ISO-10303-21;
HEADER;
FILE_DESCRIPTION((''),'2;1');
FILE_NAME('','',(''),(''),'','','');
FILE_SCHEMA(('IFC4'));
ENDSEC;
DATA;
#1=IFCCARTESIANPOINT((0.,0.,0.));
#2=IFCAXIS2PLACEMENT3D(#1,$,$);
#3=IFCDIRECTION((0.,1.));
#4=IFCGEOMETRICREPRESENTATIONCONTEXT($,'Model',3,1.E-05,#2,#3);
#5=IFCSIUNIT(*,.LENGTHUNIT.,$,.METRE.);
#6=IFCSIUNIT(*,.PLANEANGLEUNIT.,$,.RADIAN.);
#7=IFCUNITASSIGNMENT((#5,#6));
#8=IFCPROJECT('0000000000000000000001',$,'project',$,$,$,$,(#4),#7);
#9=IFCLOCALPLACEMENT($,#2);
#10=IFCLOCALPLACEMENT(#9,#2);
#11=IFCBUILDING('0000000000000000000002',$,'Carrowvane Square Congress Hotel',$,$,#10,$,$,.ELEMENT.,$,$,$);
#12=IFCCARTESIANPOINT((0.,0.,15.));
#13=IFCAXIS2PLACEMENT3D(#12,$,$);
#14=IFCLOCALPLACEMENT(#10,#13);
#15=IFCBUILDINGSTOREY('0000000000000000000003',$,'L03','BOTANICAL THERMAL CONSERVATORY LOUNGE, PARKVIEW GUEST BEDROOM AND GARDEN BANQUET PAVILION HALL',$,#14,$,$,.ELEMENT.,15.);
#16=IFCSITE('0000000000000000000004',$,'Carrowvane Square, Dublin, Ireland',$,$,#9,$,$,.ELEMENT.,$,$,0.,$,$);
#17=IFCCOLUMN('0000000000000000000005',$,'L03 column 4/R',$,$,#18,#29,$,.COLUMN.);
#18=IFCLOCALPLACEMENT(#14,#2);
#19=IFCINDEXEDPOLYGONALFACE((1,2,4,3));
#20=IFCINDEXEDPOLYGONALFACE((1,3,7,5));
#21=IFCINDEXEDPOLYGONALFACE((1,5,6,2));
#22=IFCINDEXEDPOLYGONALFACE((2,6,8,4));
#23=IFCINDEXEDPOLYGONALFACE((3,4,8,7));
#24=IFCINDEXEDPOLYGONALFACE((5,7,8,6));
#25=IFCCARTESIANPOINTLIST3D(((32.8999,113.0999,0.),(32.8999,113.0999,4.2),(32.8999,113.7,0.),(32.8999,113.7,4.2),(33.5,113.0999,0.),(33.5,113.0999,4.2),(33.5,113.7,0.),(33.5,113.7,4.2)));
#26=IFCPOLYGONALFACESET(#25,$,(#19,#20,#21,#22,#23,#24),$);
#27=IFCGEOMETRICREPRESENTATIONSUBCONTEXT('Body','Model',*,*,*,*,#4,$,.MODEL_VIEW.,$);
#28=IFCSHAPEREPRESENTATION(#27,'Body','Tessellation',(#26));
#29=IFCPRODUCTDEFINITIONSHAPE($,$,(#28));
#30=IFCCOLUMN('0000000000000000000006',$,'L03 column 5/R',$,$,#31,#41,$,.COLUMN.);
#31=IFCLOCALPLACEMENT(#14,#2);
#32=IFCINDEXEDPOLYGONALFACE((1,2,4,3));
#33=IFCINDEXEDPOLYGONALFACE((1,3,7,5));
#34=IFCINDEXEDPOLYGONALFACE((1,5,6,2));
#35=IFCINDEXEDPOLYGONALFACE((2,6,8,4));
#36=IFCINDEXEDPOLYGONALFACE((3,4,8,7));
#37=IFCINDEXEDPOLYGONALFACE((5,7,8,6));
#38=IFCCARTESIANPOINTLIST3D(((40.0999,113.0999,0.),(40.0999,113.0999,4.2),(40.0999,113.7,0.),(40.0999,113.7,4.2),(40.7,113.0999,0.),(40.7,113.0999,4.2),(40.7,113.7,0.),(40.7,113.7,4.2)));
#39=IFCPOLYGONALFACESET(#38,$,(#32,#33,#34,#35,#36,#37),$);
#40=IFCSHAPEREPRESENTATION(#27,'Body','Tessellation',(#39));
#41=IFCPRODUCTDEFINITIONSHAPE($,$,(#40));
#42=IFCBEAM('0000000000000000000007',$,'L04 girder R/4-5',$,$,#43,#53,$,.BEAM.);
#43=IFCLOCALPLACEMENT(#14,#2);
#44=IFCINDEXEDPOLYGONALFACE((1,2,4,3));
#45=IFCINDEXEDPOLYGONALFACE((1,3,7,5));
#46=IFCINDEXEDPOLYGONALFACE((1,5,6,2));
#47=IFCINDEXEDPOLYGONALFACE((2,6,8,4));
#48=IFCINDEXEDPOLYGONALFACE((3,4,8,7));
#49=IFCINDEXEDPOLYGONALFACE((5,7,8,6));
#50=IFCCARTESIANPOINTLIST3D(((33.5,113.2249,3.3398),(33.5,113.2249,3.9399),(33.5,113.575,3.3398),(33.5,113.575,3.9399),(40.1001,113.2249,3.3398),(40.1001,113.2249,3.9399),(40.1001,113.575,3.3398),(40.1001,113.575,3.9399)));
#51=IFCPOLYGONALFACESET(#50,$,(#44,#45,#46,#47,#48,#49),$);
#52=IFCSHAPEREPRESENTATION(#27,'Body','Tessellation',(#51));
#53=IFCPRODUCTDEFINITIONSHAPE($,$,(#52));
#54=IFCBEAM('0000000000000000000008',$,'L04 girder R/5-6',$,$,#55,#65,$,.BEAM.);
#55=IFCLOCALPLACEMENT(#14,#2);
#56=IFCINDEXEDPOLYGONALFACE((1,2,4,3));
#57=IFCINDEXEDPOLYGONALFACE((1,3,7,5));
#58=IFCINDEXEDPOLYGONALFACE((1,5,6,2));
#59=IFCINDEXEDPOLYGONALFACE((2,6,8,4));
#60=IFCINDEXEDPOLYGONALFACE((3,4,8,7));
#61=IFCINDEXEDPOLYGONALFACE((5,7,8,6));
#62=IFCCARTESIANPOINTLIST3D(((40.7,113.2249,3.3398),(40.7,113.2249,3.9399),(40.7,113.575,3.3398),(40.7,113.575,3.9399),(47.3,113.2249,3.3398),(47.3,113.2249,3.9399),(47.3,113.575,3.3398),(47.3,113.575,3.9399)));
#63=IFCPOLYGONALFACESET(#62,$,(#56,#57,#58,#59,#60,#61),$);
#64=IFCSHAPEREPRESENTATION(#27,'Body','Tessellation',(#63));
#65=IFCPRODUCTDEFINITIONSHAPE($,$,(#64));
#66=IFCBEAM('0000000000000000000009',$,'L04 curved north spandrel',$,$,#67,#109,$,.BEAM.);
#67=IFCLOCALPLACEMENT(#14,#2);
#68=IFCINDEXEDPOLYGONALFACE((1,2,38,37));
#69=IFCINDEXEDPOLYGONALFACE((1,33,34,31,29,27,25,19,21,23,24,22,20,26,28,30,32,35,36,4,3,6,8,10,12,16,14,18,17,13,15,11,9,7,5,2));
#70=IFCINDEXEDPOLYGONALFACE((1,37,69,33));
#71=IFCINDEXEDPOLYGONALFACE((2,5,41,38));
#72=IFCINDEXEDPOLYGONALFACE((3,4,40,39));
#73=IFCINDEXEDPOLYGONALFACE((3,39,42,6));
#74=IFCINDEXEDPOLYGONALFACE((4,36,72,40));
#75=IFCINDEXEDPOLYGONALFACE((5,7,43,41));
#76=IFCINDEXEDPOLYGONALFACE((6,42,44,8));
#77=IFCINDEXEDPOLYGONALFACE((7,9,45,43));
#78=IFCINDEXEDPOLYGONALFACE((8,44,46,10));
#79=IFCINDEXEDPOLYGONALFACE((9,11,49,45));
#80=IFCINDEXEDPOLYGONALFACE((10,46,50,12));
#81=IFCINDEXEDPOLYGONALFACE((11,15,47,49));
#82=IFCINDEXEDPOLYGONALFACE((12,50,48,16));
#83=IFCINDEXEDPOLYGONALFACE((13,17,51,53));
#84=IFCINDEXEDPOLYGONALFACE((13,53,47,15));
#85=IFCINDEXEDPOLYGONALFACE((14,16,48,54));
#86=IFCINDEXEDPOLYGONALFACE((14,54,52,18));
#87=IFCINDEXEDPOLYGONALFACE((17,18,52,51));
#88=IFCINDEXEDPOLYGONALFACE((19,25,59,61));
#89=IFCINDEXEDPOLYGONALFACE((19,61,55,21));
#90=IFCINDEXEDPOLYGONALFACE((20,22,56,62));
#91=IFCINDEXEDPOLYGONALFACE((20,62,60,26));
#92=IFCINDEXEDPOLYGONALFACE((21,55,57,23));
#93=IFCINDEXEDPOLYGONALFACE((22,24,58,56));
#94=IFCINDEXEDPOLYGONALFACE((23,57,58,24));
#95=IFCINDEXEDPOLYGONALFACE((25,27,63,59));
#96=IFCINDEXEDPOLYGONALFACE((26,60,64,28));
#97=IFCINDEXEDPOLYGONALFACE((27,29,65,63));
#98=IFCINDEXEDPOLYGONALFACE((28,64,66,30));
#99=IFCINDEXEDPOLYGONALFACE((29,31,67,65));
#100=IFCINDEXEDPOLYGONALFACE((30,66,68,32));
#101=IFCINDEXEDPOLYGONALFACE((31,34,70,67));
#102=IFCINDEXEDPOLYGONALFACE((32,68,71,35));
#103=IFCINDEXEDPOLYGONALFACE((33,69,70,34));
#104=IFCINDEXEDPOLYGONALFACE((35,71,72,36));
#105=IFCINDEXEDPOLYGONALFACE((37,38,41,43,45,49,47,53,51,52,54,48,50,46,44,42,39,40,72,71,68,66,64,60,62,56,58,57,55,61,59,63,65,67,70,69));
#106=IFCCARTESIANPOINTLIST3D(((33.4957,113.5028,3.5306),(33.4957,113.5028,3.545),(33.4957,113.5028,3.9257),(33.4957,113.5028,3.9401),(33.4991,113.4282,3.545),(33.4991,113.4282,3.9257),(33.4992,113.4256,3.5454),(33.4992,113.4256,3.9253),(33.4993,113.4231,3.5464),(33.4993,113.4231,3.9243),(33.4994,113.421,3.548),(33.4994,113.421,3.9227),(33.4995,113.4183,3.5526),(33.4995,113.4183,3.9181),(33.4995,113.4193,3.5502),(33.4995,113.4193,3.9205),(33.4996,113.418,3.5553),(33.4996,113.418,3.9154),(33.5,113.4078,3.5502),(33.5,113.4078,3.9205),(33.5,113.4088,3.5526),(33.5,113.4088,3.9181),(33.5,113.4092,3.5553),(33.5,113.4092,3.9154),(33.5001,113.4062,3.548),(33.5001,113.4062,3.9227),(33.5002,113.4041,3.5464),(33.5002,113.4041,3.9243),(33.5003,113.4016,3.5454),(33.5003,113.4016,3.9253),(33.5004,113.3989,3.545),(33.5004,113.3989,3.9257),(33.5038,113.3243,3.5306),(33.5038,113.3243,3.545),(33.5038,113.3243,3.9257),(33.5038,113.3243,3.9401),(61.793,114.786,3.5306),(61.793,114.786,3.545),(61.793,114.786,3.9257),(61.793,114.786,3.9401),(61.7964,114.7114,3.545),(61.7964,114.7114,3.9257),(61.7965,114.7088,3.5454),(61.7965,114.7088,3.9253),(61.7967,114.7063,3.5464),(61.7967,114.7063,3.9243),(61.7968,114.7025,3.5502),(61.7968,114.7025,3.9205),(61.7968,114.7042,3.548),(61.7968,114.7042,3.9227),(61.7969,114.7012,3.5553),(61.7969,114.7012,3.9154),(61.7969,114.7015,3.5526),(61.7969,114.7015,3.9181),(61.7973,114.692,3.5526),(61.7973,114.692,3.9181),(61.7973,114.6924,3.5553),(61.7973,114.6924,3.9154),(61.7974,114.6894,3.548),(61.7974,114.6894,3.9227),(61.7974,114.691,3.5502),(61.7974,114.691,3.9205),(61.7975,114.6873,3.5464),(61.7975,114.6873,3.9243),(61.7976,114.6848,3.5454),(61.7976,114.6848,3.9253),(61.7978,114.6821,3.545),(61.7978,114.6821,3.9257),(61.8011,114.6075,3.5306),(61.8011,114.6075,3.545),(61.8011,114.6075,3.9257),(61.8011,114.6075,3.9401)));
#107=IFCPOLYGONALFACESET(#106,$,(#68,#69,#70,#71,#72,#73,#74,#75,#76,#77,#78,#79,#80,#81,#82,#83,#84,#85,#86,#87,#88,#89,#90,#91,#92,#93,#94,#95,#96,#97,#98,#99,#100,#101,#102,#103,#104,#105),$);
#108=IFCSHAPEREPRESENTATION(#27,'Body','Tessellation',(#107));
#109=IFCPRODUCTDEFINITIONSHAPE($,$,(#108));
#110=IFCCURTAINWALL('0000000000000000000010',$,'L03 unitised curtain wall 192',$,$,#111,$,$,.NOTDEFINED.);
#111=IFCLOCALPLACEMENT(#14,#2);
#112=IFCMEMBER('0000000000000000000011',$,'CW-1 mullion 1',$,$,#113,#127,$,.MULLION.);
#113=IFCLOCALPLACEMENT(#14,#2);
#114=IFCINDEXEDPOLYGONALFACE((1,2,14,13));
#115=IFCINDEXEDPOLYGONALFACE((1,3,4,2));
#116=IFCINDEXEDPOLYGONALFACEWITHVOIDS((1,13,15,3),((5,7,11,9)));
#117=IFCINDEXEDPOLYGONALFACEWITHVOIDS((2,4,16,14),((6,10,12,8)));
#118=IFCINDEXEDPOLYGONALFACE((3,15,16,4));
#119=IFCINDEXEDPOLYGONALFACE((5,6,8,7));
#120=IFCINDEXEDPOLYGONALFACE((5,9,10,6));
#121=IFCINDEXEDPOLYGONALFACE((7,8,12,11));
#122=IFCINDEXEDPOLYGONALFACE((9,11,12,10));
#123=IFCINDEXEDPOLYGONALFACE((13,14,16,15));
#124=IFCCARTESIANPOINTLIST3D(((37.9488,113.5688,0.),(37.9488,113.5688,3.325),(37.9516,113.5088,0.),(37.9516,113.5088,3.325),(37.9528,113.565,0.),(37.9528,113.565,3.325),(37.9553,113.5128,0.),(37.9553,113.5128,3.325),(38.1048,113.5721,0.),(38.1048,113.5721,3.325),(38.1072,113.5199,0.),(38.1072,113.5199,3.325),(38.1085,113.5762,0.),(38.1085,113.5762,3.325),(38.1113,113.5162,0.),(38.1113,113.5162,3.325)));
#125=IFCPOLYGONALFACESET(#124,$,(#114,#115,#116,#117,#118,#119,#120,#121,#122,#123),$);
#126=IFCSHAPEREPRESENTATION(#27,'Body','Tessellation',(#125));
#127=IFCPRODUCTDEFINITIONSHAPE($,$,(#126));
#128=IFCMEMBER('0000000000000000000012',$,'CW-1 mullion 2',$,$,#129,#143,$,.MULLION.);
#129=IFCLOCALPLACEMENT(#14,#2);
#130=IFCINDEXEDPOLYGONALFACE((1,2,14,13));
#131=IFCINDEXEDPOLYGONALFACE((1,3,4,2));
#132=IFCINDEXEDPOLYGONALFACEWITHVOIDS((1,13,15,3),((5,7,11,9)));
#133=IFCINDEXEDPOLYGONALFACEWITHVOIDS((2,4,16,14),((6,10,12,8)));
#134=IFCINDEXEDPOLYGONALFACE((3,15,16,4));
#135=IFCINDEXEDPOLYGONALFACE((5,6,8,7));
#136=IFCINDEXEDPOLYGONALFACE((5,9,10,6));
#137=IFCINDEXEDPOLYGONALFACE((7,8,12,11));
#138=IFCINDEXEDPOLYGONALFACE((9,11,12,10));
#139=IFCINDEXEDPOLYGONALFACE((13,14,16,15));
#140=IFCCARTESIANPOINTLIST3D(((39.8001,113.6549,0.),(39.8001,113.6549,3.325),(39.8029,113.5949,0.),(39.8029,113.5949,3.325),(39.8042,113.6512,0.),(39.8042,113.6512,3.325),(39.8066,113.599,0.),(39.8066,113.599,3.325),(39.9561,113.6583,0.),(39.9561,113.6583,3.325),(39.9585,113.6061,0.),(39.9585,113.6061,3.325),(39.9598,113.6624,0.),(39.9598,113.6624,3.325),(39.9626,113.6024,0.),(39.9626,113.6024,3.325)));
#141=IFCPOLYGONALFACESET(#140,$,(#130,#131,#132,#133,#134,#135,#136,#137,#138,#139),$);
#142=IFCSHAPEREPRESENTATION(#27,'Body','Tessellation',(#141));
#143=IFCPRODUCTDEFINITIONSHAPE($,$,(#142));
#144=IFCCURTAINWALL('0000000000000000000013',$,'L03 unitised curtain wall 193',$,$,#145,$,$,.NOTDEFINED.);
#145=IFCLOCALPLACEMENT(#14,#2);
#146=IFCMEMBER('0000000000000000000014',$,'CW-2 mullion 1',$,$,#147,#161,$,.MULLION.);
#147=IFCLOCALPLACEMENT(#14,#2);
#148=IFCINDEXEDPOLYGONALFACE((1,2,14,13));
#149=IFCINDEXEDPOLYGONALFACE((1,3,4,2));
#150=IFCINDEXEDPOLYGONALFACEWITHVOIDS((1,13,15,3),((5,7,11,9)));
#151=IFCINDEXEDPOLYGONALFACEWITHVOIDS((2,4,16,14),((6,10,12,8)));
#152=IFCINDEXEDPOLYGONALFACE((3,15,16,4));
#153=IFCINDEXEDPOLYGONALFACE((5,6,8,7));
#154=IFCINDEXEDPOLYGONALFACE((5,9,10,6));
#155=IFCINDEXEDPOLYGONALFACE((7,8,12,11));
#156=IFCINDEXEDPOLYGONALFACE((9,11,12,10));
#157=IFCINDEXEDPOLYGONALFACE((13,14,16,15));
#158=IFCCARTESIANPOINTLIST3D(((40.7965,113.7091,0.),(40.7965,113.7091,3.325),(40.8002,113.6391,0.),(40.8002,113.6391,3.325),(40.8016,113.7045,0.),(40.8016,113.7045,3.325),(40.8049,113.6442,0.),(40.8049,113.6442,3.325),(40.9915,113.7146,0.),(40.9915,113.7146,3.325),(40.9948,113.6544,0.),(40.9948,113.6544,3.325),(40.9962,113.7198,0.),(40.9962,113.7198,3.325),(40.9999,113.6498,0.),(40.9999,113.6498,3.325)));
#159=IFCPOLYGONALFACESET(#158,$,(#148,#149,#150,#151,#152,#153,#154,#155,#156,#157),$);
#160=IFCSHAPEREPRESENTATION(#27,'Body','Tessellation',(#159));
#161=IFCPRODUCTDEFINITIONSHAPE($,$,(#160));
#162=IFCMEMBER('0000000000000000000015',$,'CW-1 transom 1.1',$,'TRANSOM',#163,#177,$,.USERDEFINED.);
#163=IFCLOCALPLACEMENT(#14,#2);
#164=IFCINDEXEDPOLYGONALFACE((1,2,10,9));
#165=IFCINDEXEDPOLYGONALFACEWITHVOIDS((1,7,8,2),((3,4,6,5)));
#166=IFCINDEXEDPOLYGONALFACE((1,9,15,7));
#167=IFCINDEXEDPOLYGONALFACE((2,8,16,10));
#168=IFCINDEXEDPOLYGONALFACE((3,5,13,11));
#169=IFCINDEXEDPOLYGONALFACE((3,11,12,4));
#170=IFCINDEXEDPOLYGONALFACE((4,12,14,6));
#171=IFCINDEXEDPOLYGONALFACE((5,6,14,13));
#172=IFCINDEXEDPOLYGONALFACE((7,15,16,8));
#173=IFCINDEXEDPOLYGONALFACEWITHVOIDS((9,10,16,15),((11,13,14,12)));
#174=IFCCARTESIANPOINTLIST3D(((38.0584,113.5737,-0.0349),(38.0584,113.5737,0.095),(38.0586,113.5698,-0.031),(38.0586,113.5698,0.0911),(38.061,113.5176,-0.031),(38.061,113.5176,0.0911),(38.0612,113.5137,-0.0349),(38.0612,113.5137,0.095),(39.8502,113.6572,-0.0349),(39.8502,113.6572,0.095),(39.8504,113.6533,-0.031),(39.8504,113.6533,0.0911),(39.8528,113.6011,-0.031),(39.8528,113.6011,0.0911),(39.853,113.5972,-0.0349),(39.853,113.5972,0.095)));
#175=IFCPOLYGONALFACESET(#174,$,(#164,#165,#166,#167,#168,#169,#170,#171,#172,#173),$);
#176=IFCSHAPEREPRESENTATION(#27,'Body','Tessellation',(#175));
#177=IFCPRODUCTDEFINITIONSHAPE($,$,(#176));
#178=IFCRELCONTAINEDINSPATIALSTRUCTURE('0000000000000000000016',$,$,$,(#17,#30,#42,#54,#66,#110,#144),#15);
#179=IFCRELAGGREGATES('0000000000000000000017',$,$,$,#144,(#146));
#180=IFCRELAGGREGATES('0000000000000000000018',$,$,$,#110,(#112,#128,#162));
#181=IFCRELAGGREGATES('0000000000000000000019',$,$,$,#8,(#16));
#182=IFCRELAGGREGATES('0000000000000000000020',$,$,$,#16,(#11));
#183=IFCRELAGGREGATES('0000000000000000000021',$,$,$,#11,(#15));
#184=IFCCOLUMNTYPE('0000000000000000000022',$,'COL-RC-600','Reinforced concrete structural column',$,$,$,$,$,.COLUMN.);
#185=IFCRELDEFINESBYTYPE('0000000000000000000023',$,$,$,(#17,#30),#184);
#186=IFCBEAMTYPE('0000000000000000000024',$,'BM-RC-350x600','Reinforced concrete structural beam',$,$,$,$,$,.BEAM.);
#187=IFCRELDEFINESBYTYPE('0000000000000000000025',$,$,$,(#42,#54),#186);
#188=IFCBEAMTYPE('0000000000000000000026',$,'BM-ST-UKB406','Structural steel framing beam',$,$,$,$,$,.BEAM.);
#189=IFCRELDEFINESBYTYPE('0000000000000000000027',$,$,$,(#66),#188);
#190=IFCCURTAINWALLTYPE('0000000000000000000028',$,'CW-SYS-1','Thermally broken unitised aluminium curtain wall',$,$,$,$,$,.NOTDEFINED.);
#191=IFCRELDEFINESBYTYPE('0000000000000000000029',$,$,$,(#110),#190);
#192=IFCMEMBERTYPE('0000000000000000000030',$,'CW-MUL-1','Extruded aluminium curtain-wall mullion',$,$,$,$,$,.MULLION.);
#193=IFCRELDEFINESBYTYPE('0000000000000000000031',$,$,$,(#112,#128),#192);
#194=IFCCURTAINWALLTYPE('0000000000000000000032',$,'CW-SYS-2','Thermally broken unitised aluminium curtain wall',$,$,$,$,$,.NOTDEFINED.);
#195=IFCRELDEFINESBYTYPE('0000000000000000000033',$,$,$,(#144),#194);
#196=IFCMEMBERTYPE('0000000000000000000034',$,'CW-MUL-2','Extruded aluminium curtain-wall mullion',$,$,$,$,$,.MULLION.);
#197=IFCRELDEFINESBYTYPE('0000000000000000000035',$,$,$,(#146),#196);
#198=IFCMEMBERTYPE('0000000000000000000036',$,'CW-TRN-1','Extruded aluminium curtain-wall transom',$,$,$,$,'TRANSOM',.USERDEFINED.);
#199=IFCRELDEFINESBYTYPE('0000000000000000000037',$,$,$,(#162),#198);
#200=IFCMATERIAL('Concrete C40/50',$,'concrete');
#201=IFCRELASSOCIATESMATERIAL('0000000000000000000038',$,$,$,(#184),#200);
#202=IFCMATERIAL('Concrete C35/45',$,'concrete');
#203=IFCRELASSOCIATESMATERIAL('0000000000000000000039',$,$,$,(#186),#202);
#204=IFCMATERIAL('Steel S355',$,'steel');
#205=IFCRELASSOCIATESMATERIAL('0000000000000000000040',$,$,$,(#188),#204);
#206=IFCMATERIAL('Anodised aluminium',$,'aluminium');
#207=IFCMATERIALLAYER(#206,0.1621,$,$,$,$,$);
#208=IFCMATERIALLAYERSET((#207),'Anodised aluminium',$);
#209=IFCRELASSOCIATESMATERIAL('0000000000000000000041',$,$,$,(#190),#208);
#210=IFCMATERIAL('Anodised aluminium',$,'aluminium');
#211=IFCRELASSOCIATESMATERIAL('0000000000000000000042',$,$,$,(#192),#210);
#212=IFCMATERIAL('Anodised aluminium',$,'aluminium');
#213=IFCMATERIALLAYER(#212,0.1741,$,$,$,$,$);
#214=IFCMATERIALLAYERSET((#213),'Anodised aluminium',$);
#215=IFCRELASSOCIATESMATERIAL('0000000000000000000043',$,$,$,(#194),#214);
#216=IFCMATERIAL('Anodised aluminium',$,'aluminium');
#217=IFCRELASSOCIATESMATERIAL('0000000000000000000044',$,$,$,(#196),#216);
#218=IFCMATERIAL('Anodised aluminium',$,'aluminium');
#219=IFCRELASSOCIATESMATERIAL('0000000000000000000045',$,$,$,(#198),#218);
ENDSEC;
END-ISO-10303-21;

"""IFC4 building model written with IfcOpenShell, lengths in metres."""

from ifc_helpers import new_model, si_unit, direction, frame, origin, origin_2d, place, context, subcontext, project, spatial, rectangle, hollow_rectangle, i_section, extrude, material, layer, layer_set, material_profile, profile_set, type_object, element, aggregate, save


model = new_model("IFC4")

# Units and contexts
model_context = context("Model", 3, precision=1e-05, world=origin(), true_north=direction((0.0, 1.0)))
body_context = subcontext(model_context, "Body", "Model", "MODEL_VIEW")
ifc_project = project(units=[si_unit("LENGTHUNIT", "METRE"), si_unit("PLANEANGLEUNIT", "RADIAN")], contexts=[model_context])

# Site, building, storey
site_placement = place(None, origin())
site = spatial("IfcSite", under=ifc_project, at=site_placement, Name="Carrowvane Square, Dublin, Ireland", CompositionType="ELEMENT", RefElevation=0.0)
building_placement = place(site_placement, origin())
building = spatial("IfcBuilding", under=site, at=building_placement, Name="Carrowvane Square Congress Hotel", CompositionType="ELEMENT")
storey_placement = place(building_placement, frame((0.0, 0.0, 15.0)))
storey = spatial("IfcBuildingStorey", under=building, at=storey_placement, Name="L03", Description="BOTANICAL THERMAL CONSERVATORY LOUNGE, PARKVIEW GUEST BEDROOM AND GARDEN BANQUET PAVILION HALL", CompositionType="ELEMENT", Elevation=15.0)

# Columns
ifc_material_1 = material(Name="Concrete C40/50", Category="concrete")
ifc_material_profile_1 = material_profile(ifc_material_1, rectangle(XDim=0.6001, YDim=0.6001, at=origin_2d()), Name="RC 600x600")
ifc_profile_set_1 = profile_set([ifc_material_profile_1], Name="Concrete C40/50")
column_type = type_object("IfcColumnType", Name="COL-RC-600", Description="Reinforced concrete structural column", PredefinedType="COLUMN", material=ifc_profile_set_1)
for number, where, z_axis, x_axis, name in (
    (1, (33.2, 113.3999, 0.0), (0.0, 0.0, 1.0), (1.0, 0.0, 0.0), "L03 column 4/R"),
    (2, (40.3999, 113.3999, 0.0), (0.0, 0.0, 1.0), (1.0, 0.0, 0.0), "L03 column 5/R"),
):
    element("IfcColumn", number, at=place(storey_placement, frame(where, z_axis=z_axis, x_axis=x_axis)), inside=storey, type_object=column_type, Name=name, PredefinedType="COLUMN", context=body_context, shape_type="SweptSolid", body=[
        extrude(rectangle(XDim=0.6001, YDim=0.6001, at=origin_2d()), origin(), (0.0, 0.0, 1.0), 4.2),
    ])

# Beams
ifc_material_2 = material(Name="Concrete C35/45", Category="concrete")
ifc_material_profile_2 = material_profile(ifc_material_2, rectangle(XDim=0.3501, YDim=0.6001, at=origin_2d()), Name="RC 350x600")
ifc_profile_set_2 = profile_set([ifc_material_profile_2], Name="Concrete C35/45")
beam_type_1 = type_object("IfcBeamType", Name="BM-RC-350x600", Description="Reinforced concrete structural beam", PredefinedType="BEAM", material=ifc_profile_set_2)
for number, where, z_axis, x_axis, name in (
    (3, (33.5, 113.3999, 3.6399), (1.0, 0.0, 0.0), (0.0, 1.0, 0.0), "L04 girder R/4-5"),
    (4, (40.7, 113.3999, 3.6399), (1.0, 0.0, 0.0), (0.0, 1.0, 0.0), "L04 girder R/5-6"),
):
    element("IfcBeam", number, at=place(storey_placement, frame(where, z_axis=z_axis, x_axis=x_axis)), inside=storey, type_object=beam_type_1, Name=name, PredefinedType="BEAM", context=body_context, shape_type="SweptSolid", body=[
        extrude(rectangle(XDim=0.3501, YDim=0.6001, at=origin_2d()), origin(), (0.0, 0.0, 1.0), 6.6001),
    ])
ifc_material_3 = material(Name="Steel S355", Category="steel")
ifc_material_profile_3 = material_profile(ifc_material_3, i_section(OverallWidth=0.1787, OverallDepth=0.4094, WebThickness=0.0088, FlangeThickness=0.0144, FilletRadius=0.0103, at=origin_2d()), Name="UKB 406x178x67")
ifc_profile_set_3 = profile_set([ifc_material_profile_3], Name="Steel S355")
beam_type_2 = type_object("IfcBeamType", Name="BM-ST-UKB406", Description="Structural steel framing beam", PredefinedType="BEAM", material=ifc_profile_set_3)
beam_placement = place(storey_placement, frame((33.4998, 113.4136, 3.7354), z_axis=(0.998973, 0.045301, 0.0), x_axis=(-0.045301, 0.998973, 0.0)))
element("IfcBeam", 5, at=beam_placement, inside=storey, type_object=beam_type_2, Name="L04 curved north spandrel", PredefinedType="BEAM", context=body_context, shape_type="SweptSolid", body=[
    extrude(i_section(OverallWidth=0.1787, OverallDepth=0.4094, WebThickness=0.0088, FlangeThickness=0.0144, FilletRadius=0.0103, at=origin_2d()), origin(), (0.0, 0.0, 1.0), 28.3264),
])

# Curtain wall, members
ifc_material_4 = material(Name="Anodised aluminium", Category="aluminium")
ifc_layer_1 = layer(ifc_material_4, 0.1621)
ifc_layer_set_1 = layer_set([ifc_layer_1], Name="Anodised aluminium")
curtain_wall_type_1 = type_object("IfcCurtainWallType", Name="CW-SYS-1", Description="Thermally broken unitised aluminium curtain wall", PredefinedType="NOTDEFINED", material=ifc_layer_set_1)
curtain_wall_1_placement = place(storey_placement, origin())
curtain_wall_1 = element("IfcCurtainWall", 6, at=curtain_wall_1_placement, inside=storey, type_object=curtain_wall_type_1, Name="L03 unitised curtain wall 192", PredefinedType="NOTDEFINED")
ifc_material_5 = material(Name="Anodised aluminium", Category="aluminium")
ifc_material_profile_4 = material_profile(ifc_material_5, hollow_rectangle(XDim=0.0601, YDim=0.1599, WallThickness=0.0039, at=origin_2d()), Name="CW-ML 60x160x4")
ifc_profile_set_4 = profile_set([ifc_material_profile_4], Name="Anodised aluminium")
member_type_1 = type_object("IfcMemberType", Name="CW-MUL-1", Description="Extruded aluminium curtain-wall mullion", PredefinedType="MULLION", material=ifc_profile_set_4)
member_1_placement = place(storey_placement, frame((38.03, 113.5425, 0.0), z_axis=(0.0, 0.0, 1.0), x_axis=(-0.046522, 0.998917, 0.0)))
member_1 = element("IfcMember", 7, at=member_1_placement, type_object=member_type_1, Name="CW-1 mullion 1", PredefinedType="MULLION", context=body_context, shape_type="SweptSolid", body=[
    extrude(hollow_rectangle(XDim=0.0601, YDim=0.1599, WallThickness=0.0039, at=origin_2d()), origin(), (0.0, 0.0, 1.0), 3.325),
])
member_2_placement = place(storey_placement, frame((39.8813, 113.6287, 0.0), z_axis=(0.0, 0.0, 1.0), x_axis=(-0.046522, 0.998917, 0.0)))
member_2 = element("IfcMember", 8, at=member_2_placement, type_object=member_type_1, Name="CW-1 mullion 2", PredefinedType="MULLION", context=body_context, shape_type="SweptSolid", body=[
    extrude(hollow_rectangle(XDim=0.0601, YDim=0.1599, WallThickness=0.0039, at=origin_2d()), origin(), (0.0, 0.0, 1.0), 3.325),
])

# Curtain wall, member
ifc_material_6 = material(Name="Anodised aluminium", Category="aluminium")
ifc_layer_2 = layer(ifc_material_6, 0.1741)
ifc_layer_set_2 = layer_set([ifc_layer_2], Name="Anodised aluminium")
curtain_wall_type_2 = type_object("IfcCurtainWallType", Name="CW-SYS-2", Description="Thermally broken unitised aluminium curtain wall", PredefinedType="NOTDEFINED", material=ifc_layer_set_2)
curtain_wall_2_placement = place(storey_placement, origin())
curtain_wall_2 = element("IfcCurtainWall", 9, at=curtain_wall_2_placement, inside=storey, type_object=curtain_wall_type_2, Name="L03 unitised curtain wall 193", PredefinedType="NOTDEFINED")
ifc_material_7 = material(Name="Anodised aluminium", Category="aluminium")
ifc_material_profile_5 = material_profile(ifc_material_7, hollow_rectangle(XDim=0.0701, YDim=0.2, WallThickness=0.0049, at=origin_2d()), Name="CW-ML 70x200x5")
ifc_profile_set_5 = profile_set([ifc_material_profile_5], Name="Anodised aluminium")
member_type_2 = type_object("IfcMemberType", Name="CW-MUL-2", Description="Extruded aluminium curtain-wall mullion", PredefinedType="MULLION", material=ifc_profile_set_5)
member_3_placement = place(storey_placement, frame((40.8982, 113.6794, 0.0), z_axis=(0.0, 0.0, 1.0), x_axis=(-0.053514, 0.998567, 0.0)))
member_3 = element("IfcMember", 10, at=member_3_placement, type_object=member_type_2, Name="CW-2 mullion 1", PredefinedType="MULLION", context=body_context, shape_type="SweptSolid", body=[
    extrude(hollow_rectangle(XDim=0.0701, YDim=0.2, WallThickness=0.0049, at=origin_2d()), origin(), (0.0, 0.0, 1.0), 3.325),
])

# Member
ifc_material_8 = material(Name="Anodised aluminium", Category="aluminium")
ifc_material_profile_6 = material_profile(ifc_material_8, hollow_rectangle(XDim=0.0601, YDim=0.1299, WallThickness=0.0039, at=origin_2d()), Name="CW-TR 60x130x4")
ifc_profile_set_6 = profile_set([ifc_material_profile_6], Name="Anodised aluminium")
member_type_3 = type_object("IfcMemberType", Name="CW-TRN-1", Description="Extruded aluminium curtain-wall transom", ElementType="TRANSOM", PredefinedType="USERDEFINED", material=ifc_profile_set_6)
member_4_placement = place(storey_placement, frame((38.0598, 113.5437, 0.03), z_axis=(0.998916, 0.04655, 0.0), x_axis=(-0.04655, 0.998916, 0.0)))
member_4 = element("IfcMember", 11, at=member_4_placement, type_object=member_type_3, Name="CW-1 transom 1.1", ObjectType="TRANSOM", PredefinedType="USERDEFINED", context=body_context, shape_type="SweptSolid", body=[
    extrude(hollow_rectangle(XDim=0.0601, YDim=0.1299, WallThickness=0.0039, at=origin_2d()), origin(), (0.0, 0.0, 1.0), 1.7937),
])
aggregate(curtain_wall_2, [member_3])

aggregate(curtain_wall_1, [member_1, member_2, member_4])

save(model, "model.ifc")
